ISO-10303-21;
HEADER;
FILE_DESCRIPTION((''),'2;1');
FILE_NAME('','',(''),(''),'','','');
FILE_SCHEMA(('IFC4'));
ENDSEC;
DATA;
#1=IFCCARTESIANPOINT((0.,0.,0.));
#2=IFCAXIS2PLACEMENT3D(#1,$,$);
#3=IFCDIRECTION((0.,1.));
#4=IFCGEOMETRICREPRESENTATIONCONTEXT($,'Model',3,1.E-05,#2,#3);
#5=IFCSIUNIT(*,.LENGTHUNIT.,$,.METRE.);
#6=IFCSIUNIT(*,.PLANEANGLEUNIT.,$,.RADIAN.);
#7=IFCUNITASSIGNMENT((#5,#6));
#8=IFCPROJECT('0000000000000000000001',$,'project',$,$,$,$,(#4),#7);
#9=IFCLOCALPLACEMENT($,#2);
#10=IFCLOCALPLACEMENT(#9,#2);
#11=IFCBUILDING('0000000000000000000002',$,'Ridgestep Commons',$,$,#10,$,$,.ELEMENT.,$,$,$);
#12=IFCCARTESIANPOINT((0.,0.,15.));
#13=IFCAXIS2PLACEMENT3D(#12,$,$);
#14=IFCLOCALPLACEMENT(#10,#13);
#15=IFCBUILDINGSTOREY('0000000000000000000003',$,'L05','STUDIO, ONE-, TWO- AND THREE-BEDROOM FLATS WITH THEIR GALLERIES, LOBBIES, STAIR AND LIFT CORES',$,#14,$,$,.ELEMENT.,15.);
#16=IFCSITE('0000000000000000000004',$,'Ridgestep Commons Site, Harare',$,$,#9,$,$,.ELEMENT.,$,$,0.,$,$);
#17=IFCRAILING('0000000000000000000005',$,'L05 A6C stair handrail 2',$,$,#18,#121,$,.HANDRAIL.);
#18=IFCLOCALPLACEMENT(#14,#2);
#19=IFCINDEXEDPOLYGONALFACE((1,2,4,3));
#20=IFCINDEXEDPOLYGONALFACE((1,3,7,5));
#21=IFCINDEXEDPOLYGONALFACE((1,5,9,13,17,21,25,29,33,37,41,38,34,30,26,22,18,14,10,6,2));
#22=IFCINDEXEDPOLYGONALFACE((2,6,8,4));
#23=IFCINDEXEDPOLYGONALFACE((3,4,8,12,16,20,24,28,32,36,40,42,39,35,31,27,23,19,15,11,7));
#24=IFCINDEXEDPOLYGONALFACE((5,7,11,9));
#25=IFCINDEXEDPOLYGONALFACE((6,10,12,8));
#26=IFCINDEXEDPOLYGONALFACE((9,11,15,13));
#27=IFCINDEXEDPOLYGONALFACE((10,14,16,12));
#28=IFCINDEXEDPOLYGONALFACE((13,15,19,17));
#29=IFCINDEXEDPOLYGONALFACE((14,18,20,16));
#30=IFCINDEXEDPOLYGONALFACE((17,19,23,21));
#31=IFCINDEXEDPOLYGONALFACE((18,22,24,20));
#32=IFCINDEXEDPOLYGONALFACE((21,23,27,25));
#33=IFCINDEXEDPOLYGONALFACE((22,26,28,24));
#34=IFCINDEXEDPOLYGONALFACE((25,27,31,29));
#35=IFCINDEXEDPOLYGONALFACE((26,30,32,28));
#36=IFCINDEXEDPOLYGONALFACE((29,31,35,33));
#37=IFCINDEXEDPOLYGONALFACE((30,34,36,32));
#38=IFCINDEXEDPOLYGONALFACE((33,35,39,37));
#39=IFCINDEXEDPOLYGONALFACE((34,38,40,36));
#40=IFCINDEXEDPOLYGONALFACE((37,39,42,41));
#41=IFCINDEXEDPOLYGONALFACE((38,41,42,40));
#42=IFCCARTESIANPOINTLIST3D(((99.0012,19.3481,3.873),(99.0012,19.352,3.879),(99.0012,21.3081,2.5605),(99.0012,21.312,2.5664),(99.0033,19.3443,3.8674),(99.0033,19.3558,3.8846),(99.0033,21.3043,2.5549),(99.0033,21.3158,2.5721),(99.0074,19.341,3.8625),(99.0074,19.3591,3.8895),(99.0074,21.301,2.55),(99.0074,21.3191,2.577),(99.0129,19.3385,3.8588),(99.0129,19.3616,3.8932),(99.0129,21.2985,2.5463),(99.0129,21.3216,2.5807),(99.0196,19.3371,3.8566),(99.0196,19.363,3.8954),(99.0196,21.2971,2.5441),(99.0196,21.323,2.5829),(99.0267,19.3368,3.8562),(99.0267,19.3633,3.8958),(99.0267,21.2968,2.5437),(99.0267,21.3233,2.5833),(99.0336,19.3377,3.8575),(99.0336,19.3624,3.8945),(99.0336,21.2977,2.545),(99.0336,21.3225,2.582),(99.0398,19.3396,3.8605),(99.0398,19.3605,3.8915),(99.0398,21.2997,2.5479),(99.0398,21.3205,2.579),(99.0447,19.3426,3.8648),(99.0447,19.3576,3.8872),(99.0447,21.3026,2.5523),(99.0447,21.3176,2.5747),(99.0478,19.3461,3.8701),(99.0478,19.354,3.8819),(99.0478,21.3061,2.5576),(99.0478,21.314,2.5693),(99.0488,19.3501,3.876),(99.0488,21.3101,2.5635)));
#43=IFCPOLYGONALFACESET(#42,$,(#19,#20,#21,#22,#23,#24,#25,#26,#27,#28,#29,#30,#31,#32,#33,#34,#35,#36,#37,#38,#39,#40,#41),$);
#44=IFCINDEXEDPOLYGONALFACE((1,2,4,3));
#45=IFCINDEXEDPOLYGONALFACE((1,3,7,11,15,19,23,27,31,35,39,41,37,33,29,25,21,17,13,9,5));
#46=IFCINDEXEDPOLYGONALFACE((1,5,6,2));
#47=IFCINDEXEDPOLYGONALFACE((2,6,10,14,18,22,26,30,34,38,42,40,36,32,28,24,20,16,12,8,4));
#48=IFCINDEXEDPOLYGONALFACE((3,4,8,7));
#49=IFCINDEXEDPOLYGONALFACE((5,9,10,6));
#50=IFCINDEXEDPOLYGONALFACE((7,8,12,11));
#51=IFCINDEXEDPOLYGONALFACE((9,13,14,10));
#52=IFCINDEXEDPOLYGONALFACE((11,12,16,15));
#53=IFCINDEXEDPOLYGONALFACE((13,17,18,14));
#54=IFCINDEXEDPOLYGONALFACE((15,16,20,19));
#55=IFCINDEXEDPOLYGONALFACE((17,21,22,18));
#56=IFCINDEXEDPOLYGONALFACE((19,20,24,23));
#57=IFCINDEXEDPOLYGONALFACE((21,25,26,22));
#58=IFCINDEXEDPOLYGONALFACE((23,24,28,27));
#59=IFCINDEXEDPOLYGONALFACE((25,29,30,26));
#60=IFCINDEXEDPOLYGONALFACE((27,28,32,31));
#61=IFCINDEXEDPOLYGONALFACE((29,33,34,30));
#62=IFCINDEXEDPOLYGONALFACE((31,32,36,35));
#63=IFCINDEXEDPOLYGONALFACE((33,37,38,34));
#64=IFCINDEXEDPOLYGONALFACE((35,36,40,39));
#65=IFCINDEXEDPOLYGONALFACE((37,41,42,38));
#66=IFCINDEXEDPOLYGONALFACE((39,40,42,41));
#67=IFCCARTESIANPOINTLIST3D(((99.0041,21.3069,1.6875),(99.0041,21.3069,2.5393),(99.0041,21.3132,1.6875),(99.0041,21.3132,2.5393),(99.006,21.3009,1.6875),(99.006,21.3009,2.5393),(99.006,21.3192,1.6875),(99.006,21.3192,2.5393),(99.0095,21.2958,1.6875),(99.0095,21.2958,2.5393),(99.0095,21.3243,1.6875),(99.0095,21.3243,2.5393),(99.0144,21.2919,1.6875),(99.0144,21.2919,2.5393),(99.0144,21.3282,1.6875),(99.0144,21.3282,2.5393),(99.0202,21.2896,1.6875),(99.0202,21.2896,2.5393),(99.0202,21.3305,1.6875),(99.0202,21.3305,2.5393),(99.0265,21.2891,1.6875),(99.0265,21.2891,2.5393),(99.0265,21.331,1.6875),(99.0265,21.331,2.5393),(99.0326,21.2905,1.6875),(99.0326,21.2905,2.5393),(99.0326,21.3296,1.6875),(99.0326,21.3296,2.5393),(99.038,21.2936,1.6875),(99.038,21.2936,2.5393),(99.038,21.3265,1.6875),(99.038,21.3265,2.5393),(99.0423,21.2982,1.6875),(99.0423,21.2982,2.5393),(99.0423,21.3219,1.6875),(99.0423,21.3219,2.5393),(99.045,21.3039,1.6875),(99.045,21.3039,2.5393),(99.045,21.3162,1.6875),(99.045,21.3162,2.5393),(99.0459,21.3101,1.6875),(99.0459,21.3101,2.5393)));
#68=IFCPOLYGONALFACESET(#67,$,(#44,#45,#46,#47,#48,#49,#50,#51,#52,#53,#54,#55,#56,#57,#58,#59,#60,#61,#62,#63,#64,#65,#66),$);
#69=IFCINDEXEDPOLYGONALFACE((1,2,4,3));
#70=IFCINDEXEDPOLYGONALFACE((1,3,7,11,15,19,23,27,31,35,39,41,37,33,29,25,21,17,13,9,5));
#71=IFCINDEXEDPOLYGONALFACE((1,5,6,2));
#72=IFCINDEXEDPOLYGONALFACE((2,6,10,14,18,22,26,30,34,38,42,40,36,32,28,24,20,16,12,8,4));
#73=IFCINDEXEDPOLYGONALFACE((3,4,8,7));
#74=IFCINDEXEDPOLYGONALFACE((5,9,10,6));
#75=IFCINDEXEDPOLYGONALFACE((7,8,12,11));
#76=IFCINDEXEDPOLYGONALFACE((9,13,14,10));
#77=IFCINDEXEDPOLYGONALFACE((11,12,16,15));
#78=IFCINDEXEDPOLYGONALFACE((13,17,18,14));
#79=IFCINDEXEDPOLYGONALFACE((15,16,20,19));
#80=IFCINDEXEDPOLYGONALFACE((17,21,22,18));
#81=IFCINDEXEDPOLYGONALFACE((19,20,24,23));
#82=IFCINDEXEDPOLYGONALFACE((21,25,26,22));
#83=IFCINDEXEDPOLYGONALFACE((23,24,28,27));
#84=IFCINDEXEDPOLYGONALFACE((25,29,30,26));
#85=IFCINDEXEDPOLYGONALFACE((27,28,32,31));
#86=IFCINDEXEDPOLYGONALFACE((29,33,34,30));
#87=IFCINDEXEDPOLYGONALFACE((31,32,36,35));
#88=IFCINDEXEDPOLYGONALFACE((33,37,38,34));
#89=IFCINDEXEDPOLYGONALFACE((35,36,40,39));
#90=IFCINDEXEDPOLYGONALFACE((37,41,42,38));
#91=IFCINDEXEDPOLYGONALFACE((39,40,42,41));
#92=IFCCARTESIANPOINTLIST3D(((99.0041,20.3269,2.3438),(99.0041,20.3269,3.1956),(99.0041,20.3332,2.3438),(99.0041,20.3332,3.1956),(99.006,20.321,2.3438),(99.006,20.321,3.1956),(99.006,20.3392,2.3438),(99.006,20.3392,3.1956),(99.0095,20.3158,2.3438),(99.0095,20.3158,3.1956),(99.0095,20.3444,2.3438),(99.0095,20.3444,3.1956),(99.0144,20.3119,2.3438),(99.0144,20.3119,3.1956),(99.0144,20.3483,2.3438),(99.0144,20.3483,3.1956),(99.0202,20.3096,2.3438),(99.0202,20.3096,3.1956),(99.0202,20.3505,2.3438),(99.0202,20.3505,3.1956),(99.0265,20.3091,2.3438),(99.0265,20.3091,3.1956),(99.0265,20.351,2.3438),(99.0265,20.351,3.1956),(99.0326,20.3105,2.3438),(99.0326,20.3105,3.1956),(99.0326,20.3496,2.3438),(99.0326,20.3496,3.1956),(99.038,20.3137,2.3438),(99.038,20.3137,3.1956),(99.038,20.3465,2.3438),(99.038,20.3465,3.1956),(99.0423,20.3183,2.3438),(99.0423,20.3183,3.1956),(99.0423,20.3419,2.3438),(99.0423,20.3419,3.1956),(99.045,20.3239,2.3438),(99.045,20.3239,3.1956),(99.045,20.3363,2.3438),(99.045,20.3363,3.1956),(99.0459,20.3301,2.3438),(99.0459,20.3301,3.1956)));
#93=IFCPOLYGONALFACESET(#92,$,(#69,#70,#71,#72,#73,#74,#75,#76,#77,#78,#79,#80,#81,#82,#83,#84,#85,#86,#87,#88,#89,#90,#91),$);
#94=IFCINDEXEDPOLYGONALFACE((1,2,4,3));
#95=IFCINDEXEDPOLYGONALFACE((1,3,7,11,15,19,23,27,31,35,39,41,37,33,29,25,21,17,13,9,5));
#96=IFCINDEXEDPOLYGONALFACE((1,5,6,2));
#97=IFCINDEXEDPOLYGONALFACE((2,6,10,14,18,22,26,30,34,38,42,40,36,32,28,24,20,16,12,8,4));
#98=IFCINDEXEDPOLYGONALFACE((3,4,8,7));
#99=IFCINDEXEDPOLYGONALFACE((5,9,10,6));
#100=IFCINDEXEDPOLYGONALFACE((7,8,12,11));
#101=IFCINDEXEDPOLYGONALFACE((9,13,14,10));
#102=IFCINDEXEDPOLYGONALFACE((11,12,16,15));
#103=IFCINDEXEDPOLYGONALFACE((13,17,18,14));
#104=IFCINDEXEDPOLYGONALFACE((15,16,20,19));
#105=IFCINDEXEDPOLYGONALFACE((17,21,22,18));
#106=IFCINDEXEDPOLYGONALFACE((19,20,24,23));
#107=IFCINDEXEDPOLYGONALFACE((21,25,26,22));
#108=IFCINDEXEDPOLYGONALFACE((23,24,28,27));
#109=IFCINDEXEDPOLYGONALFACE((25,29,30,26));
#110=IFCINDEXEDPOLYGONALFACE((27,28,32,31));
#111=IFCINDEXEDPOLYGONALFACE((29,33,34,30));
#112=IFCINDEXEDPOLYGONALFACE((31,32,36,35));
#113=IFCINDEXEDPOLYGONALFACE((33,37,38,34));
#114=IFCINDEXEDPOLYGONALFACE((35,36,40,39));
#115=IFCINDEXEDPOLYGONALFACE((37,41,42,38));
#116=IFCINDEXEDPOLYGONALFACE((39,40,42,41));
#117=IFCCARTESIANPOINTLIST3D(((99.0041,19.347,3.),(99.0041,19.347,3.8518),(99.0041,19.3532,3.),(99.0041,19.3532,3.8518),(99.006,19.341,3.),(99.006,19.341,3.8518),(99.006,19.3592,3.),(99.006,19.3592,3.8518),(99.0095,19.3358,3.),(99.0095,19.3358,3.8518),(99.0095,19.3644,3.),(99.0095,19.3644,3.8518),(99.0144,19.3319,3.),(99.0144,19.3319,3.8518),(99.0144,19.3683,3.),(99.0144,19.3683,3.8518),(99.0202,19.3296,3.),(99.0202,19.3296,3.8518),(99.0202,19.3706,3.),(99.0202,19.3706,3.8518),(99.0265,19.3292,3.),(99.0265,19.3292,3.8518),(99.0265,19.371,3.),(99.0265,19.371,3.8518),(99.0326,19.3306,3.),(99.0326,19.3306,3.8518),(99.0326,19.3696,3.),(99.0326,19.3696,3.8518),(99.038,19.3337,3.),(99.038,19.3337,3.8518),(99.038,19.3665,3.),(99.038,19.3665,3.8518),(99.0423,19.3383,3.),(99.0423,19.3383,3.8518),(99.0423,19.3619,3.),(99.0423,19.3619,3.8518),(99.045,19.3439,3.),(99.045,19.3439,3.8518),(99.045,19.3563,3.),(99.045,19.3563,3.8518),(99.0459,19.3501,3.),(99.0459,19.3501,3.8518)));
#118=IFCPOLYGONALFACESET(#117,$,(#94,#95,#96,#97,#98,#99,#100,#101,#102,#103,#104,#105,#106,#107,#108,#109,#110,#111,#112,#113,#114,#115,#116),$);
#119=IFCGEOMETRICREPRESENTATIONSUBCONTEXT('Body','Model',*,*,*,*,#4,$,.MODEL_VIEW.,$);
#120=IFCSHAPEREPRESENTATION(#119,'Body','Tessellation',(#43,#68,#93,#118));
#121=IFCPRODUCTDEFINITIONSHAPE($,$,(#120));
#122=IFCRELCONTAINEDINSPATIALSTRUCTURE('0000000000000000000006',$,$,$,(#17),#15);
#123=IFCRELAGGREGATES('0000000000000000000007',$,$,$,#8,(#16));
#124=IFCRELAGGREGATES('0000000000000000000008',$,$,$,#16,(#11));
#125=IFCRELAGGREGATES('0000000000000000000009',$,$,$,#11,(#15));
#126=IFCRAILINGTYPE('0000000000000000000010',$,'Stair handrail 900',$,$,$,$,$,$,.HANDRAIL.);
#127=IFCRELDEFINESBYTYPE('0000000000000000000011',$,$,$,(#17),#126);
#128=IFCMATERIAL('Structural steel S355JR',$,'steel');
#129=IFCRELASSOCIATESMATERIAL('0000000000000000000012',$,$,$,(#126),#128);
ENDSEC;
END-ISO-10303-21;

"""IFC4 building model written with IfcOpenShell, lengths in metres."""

from ifc_helpers import new_model, si_unit, direction, frame, origin, origin_2d, place, context, subcontext, project, spatial, circle, extrude, material, type_object, element, save


model = new_model("IFC4")

# Units and contexts
model_context = context("Model", 3, precision=1e-05, world=origin(), true_north=direction((0.0, 1.0)))
body_context = subcontext(model_context, "Body", "Model", "MODEL_VIEW")
ifc_project = project(units=[si_unit("LENGTHUNIT", "METRE"), si_unit("PLANEANGLEUNIT", "RADIAN")], contexts=[model_context])

# Site, building, storey
site_placement = place(None, origin())
site = spatial("IfcSite", under=ifc_project, at=site_placement, Name="Ridgestep Commons Site, Harare", CompositionType="ELEMENT", RefElevation=0.0)
building_placement = place(site_placement, origin())
building = spatial("IfcBuilding", under=site, at=building_placement, Name="Ridgestep Commons", CompositionType="ELEMENT")
storey_placement = place(building_placement, frame((0.0, 0.0, 15.0)))
storey = spatial("IfcBuildingStorey", under=building, at=storey_placement, Name="L05", Description="STUDIO, ONE-, TWO- AND THREE-BEDROOM FLATS WITH THEIR GALLERIES, LOBBIES, STAIR AND LIFT CORES", CompositionType="ELEMENT", Elevation=15.0)

# Railing
ifc_material_1 = material(Name="Structural steel S355JR", Category="steel")
railing_type_1 = type_object("IfcRailingType", Name="Stair handrail 900", PredefinedType="HANDRAIL", material=ifc_material_1)
railing_1_placement = place(storey_placement, frame((99.0249, 21.3101, 1.6875)))
element("IfcRailing", 1, at=railing_1_placement, inside=storey, type_object=railing_type_1, Name="L05 A6C stair handrail 2", PredefinedType="HANDRAIL", context=body_context, shape_type="SweptSolid", body=[
    extrude(circle(Radius=0.0239, at=origin_2d()), frame((0.0, 0.0, 0.876), z_axis=(0.0, -0.830902, 0.556419), x_axis=(1.0, 0.0, 0.0)), (0.0, 0.0, 1.0), 2.3589),
    extrude(circle(Radius=0.021, at=origin_2d()), origin(), (0.0, 0.0, 1.0), 0.8518),
    extrude(circle(Radius=0.021, at=origin_2d()), frame((0.0, -0.98, 0.6562)), (0.0, 0.0, 1.0), 0.8518),
    extrude(circle(Radius=0.021, at=origin_2d()), frame((0.0, -1.96, 1.3125)), (0.0, 0.0, 1.0), 0.8518),
])

save(model, "model.ifc")
